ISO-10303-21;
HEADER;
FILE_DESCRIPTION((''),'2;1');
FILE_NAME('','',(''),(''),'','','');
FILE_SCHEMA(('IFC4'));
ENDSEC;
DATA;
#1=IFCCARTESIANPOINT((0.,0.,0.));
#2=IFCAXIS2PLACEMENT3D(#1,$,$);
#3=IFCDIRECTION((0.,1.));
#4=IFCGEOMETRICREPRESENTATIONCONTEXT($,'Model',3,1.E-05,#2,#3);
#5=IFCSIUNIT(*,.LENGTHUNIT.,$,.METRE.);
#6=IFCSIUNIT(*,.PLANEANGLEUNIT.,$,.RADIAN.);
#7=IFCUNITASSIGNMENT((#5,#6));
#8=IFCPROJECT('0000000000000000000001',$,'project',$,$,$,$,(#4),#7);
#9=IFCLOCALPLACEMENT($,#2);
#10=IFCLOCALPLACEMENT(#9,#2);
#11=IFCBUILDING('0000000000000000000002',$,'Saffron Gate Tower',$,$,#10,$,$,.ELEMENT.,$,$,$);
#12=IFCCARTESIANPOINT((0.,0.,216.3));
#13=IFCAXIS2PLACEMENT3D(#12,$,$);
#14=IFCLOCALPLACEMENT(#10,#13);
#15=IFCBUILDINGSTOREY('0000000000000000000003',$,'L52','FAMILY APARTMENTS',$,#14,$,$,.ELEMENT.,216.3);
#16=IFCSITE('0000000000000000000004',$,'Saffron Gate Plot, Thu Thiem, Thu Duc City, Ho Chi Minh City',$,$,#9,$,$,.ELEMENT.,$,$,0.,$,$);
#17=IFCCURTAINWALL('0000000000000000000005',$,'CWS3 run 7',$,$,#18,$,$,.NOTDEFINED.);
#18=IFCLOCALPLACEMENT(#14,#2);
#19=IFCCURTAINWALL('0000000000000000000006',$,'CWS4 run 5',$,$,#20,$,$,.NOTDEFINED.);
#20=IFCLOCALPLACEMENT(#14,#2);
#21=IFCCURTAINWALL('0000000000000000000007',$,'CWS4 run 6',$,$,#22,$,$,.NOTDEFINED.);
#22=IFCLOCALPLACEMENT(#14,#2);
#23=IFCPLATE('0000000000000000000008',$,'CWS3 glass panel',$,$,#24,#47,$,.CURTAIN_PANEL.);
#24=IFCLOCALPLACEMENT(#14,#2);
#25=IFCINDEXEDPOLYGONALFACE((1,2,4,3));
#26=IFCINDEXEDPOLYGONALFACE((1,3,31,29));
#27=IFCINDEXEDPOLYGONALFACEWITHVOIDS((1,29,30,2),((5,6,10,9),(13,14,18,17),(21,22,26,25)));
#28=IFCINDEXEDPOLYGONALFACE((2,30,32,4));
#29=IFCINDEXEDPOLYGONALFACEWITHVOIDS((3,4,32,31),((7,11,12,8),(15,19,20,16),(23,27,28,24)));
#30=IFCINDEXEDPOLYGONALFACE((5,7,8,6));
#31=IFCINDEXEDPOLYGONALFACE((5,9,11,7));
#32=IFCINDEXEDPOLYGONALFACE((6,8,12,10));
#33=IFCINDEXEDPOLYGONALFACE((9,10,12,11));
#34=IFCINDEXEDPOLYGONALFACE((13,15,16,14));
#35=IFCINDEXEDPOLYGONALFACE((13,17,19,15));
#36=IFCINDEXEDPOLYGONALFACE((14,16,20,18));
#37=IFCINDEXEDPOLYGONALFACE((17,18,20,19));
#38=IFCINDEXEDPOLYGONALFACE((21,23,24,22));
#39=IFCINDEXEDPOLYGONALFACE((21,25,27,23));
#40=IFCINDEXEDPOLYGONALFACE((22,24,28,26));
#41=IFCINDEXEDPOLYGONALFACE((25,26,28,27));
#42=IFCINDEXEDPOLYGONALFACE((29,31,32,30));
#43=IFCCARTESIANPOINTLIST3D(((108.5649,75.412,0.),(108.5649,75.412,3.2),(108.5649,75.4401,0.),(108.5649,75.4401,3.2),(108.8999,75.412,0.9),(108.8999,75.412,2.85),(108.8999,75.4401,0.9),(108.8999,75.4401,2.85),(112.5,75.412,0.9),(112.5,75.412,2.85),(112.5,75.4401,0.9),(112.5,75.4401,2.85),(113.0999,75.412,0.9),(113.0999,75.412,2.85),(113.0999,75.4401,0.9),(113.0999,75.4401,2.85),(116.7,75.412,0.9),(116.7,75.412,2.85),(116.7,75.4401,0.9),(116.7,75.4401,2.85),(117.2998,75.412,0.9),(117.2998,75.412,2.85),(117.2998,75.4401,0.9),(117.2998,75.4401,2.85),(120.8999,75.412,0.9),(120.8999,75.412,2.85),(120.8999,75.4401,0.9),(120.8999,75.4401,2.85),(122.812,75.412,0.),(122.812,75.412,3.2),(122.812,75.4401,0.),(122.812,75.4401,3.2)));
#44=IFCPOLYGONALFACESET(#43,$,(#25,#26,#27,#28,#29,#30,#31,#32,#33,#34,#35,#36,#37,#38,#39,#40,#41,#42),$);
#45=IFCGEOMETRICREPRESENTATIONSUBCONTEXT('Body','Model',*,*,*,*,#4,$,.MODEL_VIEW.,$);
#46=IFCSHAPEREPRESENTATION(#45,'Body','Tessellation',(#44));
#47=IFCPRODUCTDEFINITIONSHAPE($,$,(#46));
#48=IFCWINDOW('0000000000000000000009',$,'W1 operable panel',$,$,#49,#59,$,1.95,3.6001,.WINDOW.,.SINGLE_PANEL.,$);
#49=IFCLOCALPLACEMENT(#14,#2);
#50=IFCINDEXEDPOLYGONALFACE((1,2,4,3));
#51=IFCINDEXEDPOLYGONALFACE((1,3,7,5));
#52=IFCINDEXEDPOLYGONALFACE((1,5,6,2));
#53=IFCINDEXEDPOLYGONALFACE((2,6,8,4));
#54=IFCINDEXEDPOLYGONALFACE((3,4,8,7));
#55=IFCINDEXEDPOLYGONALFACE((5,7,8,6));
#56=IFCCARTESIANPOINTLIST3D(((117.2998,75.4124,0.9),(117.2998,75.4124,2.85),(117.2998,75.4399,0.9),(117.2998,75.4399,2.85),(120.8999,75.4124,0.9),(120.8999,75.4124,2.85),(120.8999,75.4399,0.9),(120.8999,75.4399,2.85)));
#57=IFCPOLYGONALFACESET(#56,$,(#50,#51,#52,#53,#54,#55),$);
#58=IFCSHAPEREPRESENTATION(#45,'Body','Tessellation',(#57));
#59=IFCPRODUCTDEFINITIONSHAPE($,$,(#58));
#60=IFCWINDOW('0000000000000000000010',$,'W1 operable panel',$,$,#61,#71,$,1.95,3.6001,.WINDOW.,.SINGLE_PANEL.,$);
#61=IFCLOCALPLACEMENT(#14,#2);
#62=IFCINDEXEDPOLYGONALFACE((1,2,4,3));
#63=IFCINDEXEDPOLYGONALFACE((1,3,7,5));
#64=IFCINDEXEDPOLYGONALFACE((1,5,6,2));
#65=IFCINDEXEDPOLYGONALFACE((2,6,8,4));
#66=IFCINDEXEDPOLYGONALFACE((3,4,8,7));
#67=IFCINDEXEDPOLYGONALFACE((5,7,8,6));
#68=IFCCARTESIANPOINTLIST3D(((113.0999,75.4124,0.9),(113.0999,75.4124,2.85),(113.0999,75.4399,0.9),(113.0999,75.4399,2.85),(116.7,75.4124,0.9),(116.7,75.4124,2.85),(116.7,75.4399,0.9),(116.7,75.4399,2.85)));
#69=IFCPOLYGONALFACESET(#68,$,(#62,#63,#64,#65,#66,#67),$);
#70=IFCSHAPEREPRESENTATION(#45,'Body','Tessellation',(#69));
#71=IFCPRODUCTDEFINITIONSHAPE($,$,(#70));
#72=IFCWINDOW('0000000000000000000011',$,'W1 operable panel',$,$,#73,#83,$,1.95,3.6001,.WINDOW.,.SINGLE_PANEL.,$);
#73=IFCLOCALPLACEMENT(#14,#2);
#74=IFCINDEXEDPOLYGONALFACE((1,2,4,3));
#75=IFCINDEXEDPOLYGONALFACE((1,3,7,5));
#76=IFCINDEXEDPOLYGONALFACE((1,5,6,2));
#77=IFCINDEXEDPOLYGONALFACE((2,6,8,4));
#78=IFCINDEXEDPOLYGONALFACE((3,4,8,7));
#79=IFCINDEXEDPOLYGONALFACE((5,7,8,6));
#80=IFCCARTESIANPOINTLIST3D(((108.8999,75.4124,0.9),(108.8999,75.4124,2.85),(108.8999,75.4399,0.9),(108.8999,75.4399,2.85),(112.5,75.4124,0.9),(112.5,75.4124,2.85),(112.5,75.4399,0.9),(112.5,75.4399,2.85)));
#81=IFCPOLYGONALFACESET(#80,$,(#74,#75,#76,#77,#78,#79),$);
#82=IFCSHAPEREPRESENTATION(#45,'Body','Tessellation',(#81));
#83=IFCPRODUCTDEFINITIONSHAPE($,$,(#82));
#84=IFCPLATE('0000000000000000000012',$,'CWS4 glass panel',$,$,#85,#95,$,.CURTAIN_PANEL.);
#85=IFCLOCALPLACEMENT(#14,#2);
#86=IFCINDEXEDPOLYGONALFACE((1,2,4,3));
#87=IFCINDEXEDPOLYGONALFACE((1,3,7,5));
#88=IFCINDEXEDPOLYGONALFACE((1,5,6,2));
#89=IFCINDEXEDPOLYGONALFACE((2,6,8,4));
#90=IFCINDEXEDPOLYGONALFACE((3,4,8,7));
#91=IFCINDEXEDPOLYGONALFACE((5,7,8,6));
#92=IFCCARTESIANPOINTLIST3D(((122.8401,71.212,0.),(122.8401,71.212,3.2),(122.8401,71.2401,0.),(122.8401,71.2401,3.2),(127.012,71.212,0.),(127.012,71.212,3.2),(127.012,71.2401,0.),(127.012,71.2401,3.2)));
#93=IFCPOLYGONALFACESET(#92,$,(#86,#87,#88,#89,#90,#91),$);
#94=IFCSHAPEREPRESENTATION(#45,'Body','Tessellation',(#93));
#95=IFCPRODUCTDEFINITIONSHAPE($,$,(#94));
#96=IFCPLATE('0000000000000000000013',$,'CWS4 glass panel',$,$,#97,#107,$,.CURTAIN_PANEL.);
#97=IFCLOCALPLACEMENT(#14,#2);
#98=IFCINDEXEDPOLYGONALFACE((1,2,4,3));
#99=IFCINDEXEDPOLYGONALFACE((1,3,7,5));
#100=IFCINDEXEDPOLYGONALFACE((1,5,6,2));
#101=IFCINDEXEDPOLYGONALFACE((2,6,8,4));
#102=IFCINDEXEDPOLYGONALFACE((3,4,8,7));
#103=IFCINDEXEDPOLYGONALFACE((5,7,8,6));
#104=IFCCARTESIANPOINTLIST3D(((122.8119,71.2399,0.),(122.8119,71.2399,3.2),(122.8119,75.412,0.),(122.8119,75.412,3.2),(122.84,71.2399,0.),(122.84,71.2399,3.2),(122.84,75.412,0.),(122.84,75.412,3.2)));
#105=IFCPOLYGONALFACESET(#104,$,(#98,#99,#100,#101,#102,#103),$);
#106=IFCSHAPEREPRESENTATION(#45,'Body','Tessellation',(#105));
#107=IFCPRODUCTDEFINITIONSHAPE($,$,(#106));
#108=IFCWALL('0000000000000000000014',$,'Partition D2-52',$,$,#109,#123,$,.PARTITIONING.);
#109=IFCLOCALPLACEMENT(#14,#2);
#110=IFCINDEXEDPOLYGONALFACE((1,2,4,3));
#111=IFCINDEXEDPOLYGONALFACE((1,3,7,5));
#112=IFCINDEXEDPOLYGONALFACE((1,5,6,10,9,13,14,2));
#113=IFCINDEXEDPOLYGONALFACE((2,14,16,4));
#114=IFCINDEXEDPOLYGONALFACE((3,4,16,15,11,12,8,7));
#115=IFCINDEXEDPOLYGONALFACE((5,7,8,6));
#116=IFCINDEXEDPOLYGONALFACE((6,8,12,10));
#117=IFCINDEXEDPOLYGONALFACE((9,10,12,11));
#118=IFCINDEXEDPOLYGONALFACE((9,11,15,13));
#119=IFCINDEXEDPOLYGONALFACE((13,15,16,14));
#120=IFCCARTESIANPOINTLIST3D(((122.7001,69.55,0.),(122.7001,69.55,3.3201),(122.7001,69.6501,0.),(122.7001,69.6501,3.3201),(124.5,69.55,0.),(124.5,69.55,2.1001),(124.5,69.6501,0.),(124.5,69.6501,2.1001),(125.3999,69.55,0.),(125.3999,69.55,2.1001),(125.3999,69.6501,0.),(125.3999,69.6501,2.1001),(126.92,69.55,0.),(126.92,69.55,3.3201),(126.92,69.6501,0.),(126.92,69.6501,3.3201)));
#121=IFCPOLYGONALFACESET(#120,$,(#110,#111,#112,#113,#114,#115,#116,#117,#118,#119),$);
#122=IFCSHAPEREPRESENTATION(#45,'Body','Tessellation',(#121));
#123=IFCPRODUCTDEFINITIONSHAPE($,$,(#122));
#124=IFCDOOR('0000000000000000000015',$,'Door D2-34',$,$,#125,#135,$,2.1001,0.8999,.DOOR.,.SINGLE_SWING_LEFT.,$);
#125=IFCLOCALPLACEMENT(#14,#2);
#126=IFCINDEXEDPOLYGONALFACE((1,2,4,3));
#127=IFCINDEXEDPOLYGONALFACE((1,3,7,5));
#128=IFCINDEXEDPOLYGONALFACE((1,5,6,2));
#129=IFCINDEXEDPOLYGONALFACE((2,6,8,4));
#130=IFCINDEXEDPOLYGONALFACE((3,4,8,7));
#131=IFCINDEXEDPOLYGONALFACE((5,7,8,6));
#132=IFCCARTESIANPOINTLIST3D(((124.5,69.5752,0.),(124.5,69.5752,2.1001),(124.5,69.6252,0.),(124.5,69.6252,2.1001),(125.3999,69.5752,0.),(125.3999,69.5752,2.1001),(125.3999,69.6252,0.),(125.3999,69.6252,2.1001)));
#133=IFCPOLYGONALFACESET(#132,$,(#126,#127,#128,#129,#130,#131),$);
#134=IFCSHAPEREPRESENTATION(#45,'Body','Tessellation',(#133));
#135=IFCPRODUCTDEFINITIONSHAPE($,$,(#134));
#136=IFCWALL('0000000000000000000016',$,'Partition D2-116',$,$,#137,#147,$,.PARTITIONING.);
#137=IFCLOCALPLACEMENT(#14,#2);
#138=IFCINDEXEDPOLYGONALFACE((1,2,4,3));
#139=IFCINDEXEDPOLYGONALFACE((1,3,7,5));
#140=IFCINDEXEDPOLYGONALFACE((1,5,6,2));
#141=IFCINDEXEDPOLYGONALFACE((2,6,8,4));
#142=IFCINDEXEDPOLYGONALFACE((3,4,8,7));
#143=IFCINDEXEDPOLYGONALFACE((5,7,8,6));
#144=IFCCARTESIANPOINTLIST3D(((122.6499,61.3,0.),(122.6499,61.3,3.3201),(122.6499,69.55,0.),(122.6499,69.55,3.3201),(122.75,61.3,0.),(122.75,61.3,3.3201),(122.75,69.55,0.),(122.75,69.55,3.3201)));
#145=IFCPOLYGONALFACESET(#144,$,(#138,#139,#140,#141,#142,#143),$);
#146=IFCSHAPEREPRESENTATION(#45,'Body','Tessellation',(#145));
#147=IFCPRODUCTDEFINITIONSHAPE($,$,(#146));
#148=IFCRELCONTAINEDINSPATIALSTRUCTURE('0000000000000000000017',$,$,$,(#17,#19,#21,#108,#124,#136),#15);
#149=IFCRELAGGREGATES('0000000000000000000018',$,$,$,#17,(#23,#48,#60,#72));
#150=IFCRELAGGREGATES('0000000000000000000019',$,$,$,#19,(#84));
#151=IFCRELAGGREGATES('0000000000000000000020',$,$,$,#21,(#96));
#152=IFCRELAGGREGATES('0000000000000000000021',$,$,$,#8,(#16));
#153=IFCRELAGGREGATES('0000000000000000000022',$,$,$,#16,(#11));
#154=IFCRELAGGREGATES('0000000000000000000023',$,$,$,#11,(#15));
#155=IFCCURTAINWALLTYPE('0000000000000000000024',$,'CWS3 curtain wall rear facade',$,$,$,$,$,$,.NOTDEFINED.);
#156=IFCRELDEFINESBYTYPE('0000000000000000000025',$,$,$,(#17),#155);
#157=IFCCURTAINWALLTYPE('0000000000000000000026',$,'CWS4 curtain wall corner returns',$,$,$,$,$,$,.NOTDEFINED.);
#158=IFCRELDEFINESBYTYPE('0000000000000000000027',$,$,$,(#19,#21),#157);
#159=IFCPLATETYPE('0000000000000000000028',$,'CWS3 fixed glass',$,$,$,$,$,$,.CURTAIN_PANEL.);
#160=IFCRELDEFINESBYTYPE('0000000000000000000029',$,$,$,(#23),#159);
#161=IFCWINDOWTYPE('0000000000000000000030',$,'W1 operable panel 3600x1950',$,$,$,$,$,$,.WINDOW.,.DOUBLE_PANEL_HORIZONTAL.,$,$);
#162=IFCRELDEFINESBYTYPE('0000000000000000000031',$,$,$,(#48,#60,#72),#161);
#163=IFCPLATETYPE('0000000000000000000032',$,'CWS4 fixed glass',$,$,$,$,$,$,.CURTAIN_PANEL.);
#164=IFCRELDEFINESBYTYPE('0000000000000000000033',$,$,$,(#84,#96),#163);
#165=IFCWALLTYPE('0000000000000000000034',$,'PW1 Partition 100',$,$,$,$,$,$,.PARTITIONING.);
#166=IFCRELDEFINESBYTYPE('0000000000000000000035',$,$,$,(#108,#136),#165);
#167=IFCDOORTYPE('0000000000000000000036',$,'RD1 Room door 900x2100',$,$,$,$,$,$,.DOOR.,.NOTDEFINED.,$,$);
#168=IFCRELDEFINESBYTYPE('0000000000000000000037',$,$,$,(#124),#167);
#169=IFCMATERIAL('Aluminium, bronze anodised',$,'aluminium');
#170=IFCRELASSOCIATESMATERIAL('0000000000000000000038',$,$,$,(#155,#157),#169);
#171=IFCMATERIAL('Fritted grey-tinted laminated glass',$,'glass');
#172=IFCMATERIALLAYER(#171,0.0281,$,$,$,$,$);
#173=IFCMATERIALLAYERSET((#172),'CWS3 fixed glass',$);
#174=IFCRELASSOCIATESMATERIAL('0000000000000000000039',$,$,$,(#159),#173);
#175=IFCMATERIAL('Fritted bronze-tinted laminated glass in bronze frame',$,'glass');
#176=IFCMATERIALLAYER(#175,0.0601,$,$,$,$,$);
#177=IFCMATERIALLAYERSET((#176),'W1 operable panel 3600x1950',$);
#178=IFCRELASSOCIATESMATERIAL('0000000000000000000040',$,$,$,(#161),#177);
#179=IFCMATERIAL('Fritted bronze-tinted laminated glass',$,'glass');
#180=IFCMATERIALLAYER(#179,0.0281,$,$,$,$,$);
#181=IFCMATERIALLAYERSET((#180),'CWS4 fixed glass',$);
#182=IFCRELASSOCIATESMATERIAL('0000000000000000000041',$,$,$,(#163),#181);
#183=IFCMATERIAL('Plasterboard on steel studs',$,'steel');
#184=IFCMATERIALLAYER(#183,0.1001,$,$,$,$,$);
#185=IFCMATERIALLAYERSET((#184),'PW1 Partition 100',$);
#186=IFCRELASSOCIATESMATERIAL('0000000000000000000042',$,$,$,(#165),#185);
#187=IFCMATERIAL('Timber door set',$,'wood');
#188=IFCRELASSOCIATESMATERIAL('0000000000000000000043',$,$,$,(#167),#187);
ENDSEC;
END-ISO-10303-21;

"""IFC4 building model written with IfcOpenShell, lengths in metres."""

from ifc_helpers import new_model, si_unit, direction, frame, frame_2d, origin, place, context, subcontext, project, spatial, rectangle, extrude, material, layer, layer_set, type_object, element, fill, aggregate, save


model = new_model("IFC4")

# Units and contexts
model_context = context("Model", 3, precision=1e-05, world=origin(), true_north=direction((0.0, 1.0)))
body_context = subcontext(model_context, "Body", "Model", "MODEL_VIEW")
ifc_project = project(units=[si_unit("LENGTHUNIT", "METRE"), si_unit("PLANEANGLEUNIT", "RADIAN")], contexts=[model_context])

# Site, building, storey
site_placement = place(None, origin())
site = spatial("IfcSite", under=ifc_project, at=site_placement, Name="Saffron Gate Plot, Thu Thiem, Thu Duc City, Ho Chi Minh City", CompositionType="ELEMENT", RefElevation=0.0)
building_placement = place(site_placement, origin())
building = spatial("IfcBuilding", under=site, at=building_placement, Name="Saffron Gate Tower", CompositionType="ELEMENT")
storey_placement = place(building_placement, frame((0.0, 0.0, 216.3)))
storey = spatial("IfcBuildingStorey", under=building, at=storey_placement, Name="L52", Description="FAMILY APARTMENTS", CompositionType="ELEMENT", Elevation=216.3)

# Curtain walls
ifc_material_1 = material(Name="Aluminium, bronze anodised", Category="aluminium")
curtain_wall_type_1 = type_object("IfcCurtainWallType", Name="CWS3 curtain wall rear facade", PredefinedType="NOTDEFINED", material=ifc_material_1)
curtain_wall_1_placement = place(storey_placement, origin())
curtain_wall_1 = element("IfcCurtainWall", 1, at=curtain_wall_1_placement, inside=storey, type_object=curtain_wall_type_1, Name="CWS3 run 7", PredefinedType="NOTDEFINED")
curtain_wall_type_2 = type_object("IfcCurtainWallType", Name="CWS4 curtain wall corner returns", PredefinedType="NOTDEFINED", material=ifc_material_1)
curtain_wall_2_placement = place(storey_placement, origin())
curtain_wall_2 = element("IfcCurtainWall", 2, at=curtain_wall_2_placement, inside=storey, type_object=curtain_wall_type_2, Name="CWS4 run 5", PredefinedType="NOTDEFINED")
curtain_wall_3_placement = place(storey_placement, origin())
curtain_wall_3 = element("IfcCurtainWall", 3, at=curtain_wall_3_placement, inside=storey, type_object=curtain_wall_type_2, Name="CWS4 run 6", PredefinedType="NOTDEFINED")

# Plate, openings, windows
ifc_material_2 = material(Name="Fritted grey-tinted laminated glass", Category="glass")
ifc_layer_1 = layer(ifc_material_2, 0.0281)
ifc_layer_set_1 = layer_set([ifc_layer_1], Name="CWS3 fixed glass")
plate_type_1 = type_object("IfcPlateType", Name="CWS3 fixed glass", PredefinedType="CURTAIN_PANEL", material=ifc_layer_set_1)
plate_1_placement = place(storey_placement, frame((122.812, 75.426, 0.0), z_axis=(0.0, 0.0, 1.0), x_axis=(-1.0, 0.0, 0.0)))
plate_1 = element("IfcPlate", 4, at=plate_1_placement, type_object=plate_type_1, Name="CWS3 glass panel", PredefinedType="CURTAIN_PANEL", context=body_context, shape_type="SweptSolid", body=[
    extrude(rectangle(XDim=14.2471, YDim=0.0281, at=frame_2d((7.1235, 0.0))), origin(), (0.0, 0.0, 1.0), 3.2),
])
opening_1_placement = place(plate_1_placement, frame((1.9121, 0.0, 0.8999)))
opening_1 = element("IfcOpeningElement", 5, at=opening_1_placement, cuts=plate_1, PredefinedType="OPENING", context=body_context, shape_type="SweptSolid", body=[
    extrude(rectangle(XDim=3.6001, YDim=1.95, at=frame_2d((1.8, 0.9751))), frame((0.0, 0.0239, 0.0), z_axis=(0.0, -1.0, 0.0), x_axis=(1.0, 0.0, 0.0)), (0.0, 0.0, 1.0), 0.0481),
])
opening_2_placement = place(plate_1_placement, frame((6.1121, 0.0, 0.8999)))
opening_2 = element("IfcOpeningElement", 6, at=opening_2_placement, cuts=plate_1, PredefinedType="OPENING", context=body_context, shape_type="SweptSolid", body=[
    extrude(rectangle(XDim=3.6001, YDim=1.95, at=frame_2d((1.8, 0.9751))), frame((0.0, 0.0239, 0.0), z_axis=(0.0, -1.0, 0.0), x_axis=(1.0, 0.0, 0.0)), (0.0, 0.0, 1.0), 0.0481),
])
opening_3_placement = place(plate_1_placement, frame((10.312, 0.0, 0.8999)))
opening_3 = element("IfcOpeningElement", 7, at=opening_3_placement, cuts=plate_1, PredefinedType="OPENING", context=body_context, shape_type="SweptSolid", body=[
    extrude(rectangle(XDim=3.6001, YDim=1.95, at=frame_2d((1.8, 0.9751))), frame((0.0, 0.0239, 0.0), z_axis=(0.0, -1.0, 0.0), x_axis=(1.0, 0.0, 0.0)), (0.0, 0.0, 1.0), 0.0481),
])
ifc_material_3 = material(Name="Fritted bronze-tinted laminated glass in bronze frame", Category="glass")
ifc_layer_2 = layer(ifc_material_3, 0.0601)
ifc_layer_set_2 = layer_set([ifc_layer_2], Name="W1 operable panel 3600x1950")
window_type = type_object("IfcWindowType", Name="W1 operable panel 3600x1950", PartitioningType="DOUBLE_PANEL_HORIZONTAL", PredefinedType="WINDOW", material=ifc_layer_set_2)
window_1_placement = place(opening_1_placement, origin())
window_1 = element("IfcWindow", 8, at=window_1_placement, type_object=window_type, Name="W1 operable panel", OverallHeight=1.95, OverallWidth=3.6001, PartitioningType="SINGLE_PANEL", PredefinedType="WINDOW", context=body_context, shape_type="SweptSolid", body=[
    extrude(rectangle(XDim=3.6001, YDim=1.95, at=frame_2d((1.8, 0.9751))), frame((0.0, 0.0137, 0.0), z_axis=(0.0, -1.0, 0.0), x_axis=(1.0, 0.0, 0.0)), (0.0, 0.0, 1.0), 0.0276),
])
fill(opening_1, window_1)
window_2_placement = place(opening_2_placement, origin())
window_2 = element("IfcWindow", 9, at=window_2_placement, type_object=window_type, Name="W1 operable panel", OverallHeight=1.95, OverallWidth=3.6001, PartitioningType="SINGLE_PANEL", PredefinedType="WINDOW", context=body_context, shape_type="SweptSolid", body=[
    extrude(rectangle(XDim=3.6001, YDim=1.95, at=frame_2d((1.8, 0.9751))), frame((0.0, 0.0137, 0.0), z_axis=(0.0, -1.0, 0.0), x_axis=(1.0, 0.0, 0.0)), (0.0, 0.0, 1.0), 0.0276),
])
fill(opening_2, window_2)
window_3_placement = place(opening_3_placement, origin())
window_3 = element("IfcWindow", 10, at=window_3_placement, type_object=window_type, Name="W1 operable panel", OverallHeight=1.95, OverallWidth=3.6001, PartitioningType="SINGLE_PANEL", PredefinedType="WINDOW", context=body_context, shape_type="SweptSolid", body=[
    extrude(rectangle(XDim=3.6001, YDim=1.95, at=frame_2d((1.8, 0.9751))), frame((0.0, 0.0137, 0.0), z_axis=(0.0, -1.0, 0.0), x_axis=(1.0, 0.0, 0.0)), (0.0, 0.0, 1.0), 0.0276),
])
fill(opening_3, window_3)
aggregate(curtain_wall_1, [plate_1, window_1, window_2, window_3])

# Plates
ifc_material_4 = material(Name="Fritted bronze-tinted laminated glass", Category="glass")
ifc_layer_3 = layer(ifc_material_4, 0.0281)
ifc_layer_set_3 = layer_set([ifc_layer_3], Name="CWS4 fixed glass")
plate_type_2 = type_object("IfcPlateType", Name="CWS4 fixed glass", PredefinedType="CURTAIN_PANEL", material=ifc_layer_set_3)
plate_2_placement = place(storey_placement, frame((127.012, 71.2261, 0.0), z_axis=(0.0, 0.0, 1.0), x_axis=(-1.0, 0.0, 0.0)))
plate_2 = element("IfcPlate", 11, at=plate_2_placement, type_object=plate_type_2, Name="CWS4 glass panel", PredefinedType="CURTAIN_PANEL", context=body_context, shape_type="SweptSolid", body=[
    extrude(rectangle(XDim=4.1719, YDim=0.0281, at=frame_2d((2.0859, 0.0))), origin(), (0.0, 0.0, 1.0), 3.2),
])
aggregate(curtain_wall_2, [plate_2])
plate_3_placement = place(storey_placement, frame((122.8259, 71.24, 0.0), z_axis=(0.0, 0.0, 1.0), x_axis=(0.0, 1.0, 0.0)))
plate_3 = element("IfcPlate", 12, at=plate_3_placement, type_object=plate_type_2, Name="CWS4 glass panel", PredefinedType="CURTAIN_PANEL", context=body_context, shape_type="SweptSolid", body=[
    extrude(rectangle(XDim=4.1721, YDim=0.0281, at=frame_2d((2.0859, 0.0))), origin(), (0.0, 0.0, 1.0), 3.2),
])
aggregate(curtain_wall_3, [plate_3])

# Wall, opening, door
ifc_material_5 = material(Name="Plasterboard on steel studs", Category="steel")
ifc_layer_4 = layer(ifc_material_5, 0.1001)
ifc_layer_set_4 = layer_set([ifc_layer_4], Name="PW1 Partition 100")
wall_type = type_object("IfcWallType", Name="PW1 Partition 100", PredefinedType="PARTITIONING", material=ifc_layer_set_4)
wall_1_placement = place(storey_placement, frame((126.9199, 69.6001, 0.0), z_axis=(0.0, 0.0, 1.0), x_axis=(-1.0, 0.0, 0.0)))
wall_1 = element("IfcWall", 13, at=wall_1_placement, inside=storey, type_object=wall_type, Name="Partition D2-52", PredefinedType="PARTITIONING", context=body_context, shape_type="SweptSolid", body=[
    extrude(rectangle(XDim=4.22, YDim=0.1001, at=frame_2d((2.1099, 0.0))), origin(), (0.0, 0.0, 1.0), 3.3201),
])
opening_4_placement = place(wall_1_placement, frame((1.52, 0.0, 0.0)))
opening_4 = element("IfcOpeningElement", 14, at=opening_4_placement, cuts=wall_1, PredefinedType="OPENING", context=body_context, shape_type="SweptSolid", body=[
    extrude(rectangle(XDim=0.8999, YDim=2.1001, at=frame_2d((0.45, 1.05))), frame((0.0, 0.0601, 0.0), z_axis=(0.0, -1.0, 0.0), x_axis=(1.0, 0.0, 0.0)), (0.0, 0.0, 1.0), 0.1201),
])
ifc_material_6 = material(Name="Timber door set", Category="wood")
door_type = type_object("IfcDoorType", Name="RD1 Room door 900x2100", OperationType="NOTDEFINED", PredefinedType="DOOR", material=ifc_material_6)
door_placement = place(opening_4_placement, origin())
door = element("IfcDoor", 15, at=door_placement, inside=storey, type_object=door_type, Name="Door D2-34", OperationType="SINGLE_SWING_LEFT", OverallHeight=2.1001, OverallWidth=0.8999, PredefinedType="DOOR", context=body_context, shape_type="SweptSolid", body=[
    extrude(rectangle(XDim=0.8999, YDim=2.1001, at=frame_2d((0.45, 1.05))), frame((0.0, 0.0249, 0.0), z_axis=(0.0, -1.0, 0.0), x_axis=(1.0, 0.0, 0.0)), (0.0, 0.0, 1.0), 0.05),
])
fill(opening_4, door)

# Wall
wall_2_placement = place(storey_placement, frame((122.7, 69.55, 0.0), z_axis=(0.0, 0.0, 1.0), x_axis=(0.0, -1.0, 0.0)))
element("IfcWall", 16, at=wall_2_placement, inside=storey, type_object=wall_type, Name="Partition D2-116", PredefinedType="PARTITIONING", context=body_context, shape_type="SweptSolid", body=[
    extrude(rectangle(XDim=8.25, YDim=0.1001, at=frame_2d((4.125, 0.0))), origin(), (0.0, 0.0, 1.0), 3.3201),
])

save(model, "model.ifc")
